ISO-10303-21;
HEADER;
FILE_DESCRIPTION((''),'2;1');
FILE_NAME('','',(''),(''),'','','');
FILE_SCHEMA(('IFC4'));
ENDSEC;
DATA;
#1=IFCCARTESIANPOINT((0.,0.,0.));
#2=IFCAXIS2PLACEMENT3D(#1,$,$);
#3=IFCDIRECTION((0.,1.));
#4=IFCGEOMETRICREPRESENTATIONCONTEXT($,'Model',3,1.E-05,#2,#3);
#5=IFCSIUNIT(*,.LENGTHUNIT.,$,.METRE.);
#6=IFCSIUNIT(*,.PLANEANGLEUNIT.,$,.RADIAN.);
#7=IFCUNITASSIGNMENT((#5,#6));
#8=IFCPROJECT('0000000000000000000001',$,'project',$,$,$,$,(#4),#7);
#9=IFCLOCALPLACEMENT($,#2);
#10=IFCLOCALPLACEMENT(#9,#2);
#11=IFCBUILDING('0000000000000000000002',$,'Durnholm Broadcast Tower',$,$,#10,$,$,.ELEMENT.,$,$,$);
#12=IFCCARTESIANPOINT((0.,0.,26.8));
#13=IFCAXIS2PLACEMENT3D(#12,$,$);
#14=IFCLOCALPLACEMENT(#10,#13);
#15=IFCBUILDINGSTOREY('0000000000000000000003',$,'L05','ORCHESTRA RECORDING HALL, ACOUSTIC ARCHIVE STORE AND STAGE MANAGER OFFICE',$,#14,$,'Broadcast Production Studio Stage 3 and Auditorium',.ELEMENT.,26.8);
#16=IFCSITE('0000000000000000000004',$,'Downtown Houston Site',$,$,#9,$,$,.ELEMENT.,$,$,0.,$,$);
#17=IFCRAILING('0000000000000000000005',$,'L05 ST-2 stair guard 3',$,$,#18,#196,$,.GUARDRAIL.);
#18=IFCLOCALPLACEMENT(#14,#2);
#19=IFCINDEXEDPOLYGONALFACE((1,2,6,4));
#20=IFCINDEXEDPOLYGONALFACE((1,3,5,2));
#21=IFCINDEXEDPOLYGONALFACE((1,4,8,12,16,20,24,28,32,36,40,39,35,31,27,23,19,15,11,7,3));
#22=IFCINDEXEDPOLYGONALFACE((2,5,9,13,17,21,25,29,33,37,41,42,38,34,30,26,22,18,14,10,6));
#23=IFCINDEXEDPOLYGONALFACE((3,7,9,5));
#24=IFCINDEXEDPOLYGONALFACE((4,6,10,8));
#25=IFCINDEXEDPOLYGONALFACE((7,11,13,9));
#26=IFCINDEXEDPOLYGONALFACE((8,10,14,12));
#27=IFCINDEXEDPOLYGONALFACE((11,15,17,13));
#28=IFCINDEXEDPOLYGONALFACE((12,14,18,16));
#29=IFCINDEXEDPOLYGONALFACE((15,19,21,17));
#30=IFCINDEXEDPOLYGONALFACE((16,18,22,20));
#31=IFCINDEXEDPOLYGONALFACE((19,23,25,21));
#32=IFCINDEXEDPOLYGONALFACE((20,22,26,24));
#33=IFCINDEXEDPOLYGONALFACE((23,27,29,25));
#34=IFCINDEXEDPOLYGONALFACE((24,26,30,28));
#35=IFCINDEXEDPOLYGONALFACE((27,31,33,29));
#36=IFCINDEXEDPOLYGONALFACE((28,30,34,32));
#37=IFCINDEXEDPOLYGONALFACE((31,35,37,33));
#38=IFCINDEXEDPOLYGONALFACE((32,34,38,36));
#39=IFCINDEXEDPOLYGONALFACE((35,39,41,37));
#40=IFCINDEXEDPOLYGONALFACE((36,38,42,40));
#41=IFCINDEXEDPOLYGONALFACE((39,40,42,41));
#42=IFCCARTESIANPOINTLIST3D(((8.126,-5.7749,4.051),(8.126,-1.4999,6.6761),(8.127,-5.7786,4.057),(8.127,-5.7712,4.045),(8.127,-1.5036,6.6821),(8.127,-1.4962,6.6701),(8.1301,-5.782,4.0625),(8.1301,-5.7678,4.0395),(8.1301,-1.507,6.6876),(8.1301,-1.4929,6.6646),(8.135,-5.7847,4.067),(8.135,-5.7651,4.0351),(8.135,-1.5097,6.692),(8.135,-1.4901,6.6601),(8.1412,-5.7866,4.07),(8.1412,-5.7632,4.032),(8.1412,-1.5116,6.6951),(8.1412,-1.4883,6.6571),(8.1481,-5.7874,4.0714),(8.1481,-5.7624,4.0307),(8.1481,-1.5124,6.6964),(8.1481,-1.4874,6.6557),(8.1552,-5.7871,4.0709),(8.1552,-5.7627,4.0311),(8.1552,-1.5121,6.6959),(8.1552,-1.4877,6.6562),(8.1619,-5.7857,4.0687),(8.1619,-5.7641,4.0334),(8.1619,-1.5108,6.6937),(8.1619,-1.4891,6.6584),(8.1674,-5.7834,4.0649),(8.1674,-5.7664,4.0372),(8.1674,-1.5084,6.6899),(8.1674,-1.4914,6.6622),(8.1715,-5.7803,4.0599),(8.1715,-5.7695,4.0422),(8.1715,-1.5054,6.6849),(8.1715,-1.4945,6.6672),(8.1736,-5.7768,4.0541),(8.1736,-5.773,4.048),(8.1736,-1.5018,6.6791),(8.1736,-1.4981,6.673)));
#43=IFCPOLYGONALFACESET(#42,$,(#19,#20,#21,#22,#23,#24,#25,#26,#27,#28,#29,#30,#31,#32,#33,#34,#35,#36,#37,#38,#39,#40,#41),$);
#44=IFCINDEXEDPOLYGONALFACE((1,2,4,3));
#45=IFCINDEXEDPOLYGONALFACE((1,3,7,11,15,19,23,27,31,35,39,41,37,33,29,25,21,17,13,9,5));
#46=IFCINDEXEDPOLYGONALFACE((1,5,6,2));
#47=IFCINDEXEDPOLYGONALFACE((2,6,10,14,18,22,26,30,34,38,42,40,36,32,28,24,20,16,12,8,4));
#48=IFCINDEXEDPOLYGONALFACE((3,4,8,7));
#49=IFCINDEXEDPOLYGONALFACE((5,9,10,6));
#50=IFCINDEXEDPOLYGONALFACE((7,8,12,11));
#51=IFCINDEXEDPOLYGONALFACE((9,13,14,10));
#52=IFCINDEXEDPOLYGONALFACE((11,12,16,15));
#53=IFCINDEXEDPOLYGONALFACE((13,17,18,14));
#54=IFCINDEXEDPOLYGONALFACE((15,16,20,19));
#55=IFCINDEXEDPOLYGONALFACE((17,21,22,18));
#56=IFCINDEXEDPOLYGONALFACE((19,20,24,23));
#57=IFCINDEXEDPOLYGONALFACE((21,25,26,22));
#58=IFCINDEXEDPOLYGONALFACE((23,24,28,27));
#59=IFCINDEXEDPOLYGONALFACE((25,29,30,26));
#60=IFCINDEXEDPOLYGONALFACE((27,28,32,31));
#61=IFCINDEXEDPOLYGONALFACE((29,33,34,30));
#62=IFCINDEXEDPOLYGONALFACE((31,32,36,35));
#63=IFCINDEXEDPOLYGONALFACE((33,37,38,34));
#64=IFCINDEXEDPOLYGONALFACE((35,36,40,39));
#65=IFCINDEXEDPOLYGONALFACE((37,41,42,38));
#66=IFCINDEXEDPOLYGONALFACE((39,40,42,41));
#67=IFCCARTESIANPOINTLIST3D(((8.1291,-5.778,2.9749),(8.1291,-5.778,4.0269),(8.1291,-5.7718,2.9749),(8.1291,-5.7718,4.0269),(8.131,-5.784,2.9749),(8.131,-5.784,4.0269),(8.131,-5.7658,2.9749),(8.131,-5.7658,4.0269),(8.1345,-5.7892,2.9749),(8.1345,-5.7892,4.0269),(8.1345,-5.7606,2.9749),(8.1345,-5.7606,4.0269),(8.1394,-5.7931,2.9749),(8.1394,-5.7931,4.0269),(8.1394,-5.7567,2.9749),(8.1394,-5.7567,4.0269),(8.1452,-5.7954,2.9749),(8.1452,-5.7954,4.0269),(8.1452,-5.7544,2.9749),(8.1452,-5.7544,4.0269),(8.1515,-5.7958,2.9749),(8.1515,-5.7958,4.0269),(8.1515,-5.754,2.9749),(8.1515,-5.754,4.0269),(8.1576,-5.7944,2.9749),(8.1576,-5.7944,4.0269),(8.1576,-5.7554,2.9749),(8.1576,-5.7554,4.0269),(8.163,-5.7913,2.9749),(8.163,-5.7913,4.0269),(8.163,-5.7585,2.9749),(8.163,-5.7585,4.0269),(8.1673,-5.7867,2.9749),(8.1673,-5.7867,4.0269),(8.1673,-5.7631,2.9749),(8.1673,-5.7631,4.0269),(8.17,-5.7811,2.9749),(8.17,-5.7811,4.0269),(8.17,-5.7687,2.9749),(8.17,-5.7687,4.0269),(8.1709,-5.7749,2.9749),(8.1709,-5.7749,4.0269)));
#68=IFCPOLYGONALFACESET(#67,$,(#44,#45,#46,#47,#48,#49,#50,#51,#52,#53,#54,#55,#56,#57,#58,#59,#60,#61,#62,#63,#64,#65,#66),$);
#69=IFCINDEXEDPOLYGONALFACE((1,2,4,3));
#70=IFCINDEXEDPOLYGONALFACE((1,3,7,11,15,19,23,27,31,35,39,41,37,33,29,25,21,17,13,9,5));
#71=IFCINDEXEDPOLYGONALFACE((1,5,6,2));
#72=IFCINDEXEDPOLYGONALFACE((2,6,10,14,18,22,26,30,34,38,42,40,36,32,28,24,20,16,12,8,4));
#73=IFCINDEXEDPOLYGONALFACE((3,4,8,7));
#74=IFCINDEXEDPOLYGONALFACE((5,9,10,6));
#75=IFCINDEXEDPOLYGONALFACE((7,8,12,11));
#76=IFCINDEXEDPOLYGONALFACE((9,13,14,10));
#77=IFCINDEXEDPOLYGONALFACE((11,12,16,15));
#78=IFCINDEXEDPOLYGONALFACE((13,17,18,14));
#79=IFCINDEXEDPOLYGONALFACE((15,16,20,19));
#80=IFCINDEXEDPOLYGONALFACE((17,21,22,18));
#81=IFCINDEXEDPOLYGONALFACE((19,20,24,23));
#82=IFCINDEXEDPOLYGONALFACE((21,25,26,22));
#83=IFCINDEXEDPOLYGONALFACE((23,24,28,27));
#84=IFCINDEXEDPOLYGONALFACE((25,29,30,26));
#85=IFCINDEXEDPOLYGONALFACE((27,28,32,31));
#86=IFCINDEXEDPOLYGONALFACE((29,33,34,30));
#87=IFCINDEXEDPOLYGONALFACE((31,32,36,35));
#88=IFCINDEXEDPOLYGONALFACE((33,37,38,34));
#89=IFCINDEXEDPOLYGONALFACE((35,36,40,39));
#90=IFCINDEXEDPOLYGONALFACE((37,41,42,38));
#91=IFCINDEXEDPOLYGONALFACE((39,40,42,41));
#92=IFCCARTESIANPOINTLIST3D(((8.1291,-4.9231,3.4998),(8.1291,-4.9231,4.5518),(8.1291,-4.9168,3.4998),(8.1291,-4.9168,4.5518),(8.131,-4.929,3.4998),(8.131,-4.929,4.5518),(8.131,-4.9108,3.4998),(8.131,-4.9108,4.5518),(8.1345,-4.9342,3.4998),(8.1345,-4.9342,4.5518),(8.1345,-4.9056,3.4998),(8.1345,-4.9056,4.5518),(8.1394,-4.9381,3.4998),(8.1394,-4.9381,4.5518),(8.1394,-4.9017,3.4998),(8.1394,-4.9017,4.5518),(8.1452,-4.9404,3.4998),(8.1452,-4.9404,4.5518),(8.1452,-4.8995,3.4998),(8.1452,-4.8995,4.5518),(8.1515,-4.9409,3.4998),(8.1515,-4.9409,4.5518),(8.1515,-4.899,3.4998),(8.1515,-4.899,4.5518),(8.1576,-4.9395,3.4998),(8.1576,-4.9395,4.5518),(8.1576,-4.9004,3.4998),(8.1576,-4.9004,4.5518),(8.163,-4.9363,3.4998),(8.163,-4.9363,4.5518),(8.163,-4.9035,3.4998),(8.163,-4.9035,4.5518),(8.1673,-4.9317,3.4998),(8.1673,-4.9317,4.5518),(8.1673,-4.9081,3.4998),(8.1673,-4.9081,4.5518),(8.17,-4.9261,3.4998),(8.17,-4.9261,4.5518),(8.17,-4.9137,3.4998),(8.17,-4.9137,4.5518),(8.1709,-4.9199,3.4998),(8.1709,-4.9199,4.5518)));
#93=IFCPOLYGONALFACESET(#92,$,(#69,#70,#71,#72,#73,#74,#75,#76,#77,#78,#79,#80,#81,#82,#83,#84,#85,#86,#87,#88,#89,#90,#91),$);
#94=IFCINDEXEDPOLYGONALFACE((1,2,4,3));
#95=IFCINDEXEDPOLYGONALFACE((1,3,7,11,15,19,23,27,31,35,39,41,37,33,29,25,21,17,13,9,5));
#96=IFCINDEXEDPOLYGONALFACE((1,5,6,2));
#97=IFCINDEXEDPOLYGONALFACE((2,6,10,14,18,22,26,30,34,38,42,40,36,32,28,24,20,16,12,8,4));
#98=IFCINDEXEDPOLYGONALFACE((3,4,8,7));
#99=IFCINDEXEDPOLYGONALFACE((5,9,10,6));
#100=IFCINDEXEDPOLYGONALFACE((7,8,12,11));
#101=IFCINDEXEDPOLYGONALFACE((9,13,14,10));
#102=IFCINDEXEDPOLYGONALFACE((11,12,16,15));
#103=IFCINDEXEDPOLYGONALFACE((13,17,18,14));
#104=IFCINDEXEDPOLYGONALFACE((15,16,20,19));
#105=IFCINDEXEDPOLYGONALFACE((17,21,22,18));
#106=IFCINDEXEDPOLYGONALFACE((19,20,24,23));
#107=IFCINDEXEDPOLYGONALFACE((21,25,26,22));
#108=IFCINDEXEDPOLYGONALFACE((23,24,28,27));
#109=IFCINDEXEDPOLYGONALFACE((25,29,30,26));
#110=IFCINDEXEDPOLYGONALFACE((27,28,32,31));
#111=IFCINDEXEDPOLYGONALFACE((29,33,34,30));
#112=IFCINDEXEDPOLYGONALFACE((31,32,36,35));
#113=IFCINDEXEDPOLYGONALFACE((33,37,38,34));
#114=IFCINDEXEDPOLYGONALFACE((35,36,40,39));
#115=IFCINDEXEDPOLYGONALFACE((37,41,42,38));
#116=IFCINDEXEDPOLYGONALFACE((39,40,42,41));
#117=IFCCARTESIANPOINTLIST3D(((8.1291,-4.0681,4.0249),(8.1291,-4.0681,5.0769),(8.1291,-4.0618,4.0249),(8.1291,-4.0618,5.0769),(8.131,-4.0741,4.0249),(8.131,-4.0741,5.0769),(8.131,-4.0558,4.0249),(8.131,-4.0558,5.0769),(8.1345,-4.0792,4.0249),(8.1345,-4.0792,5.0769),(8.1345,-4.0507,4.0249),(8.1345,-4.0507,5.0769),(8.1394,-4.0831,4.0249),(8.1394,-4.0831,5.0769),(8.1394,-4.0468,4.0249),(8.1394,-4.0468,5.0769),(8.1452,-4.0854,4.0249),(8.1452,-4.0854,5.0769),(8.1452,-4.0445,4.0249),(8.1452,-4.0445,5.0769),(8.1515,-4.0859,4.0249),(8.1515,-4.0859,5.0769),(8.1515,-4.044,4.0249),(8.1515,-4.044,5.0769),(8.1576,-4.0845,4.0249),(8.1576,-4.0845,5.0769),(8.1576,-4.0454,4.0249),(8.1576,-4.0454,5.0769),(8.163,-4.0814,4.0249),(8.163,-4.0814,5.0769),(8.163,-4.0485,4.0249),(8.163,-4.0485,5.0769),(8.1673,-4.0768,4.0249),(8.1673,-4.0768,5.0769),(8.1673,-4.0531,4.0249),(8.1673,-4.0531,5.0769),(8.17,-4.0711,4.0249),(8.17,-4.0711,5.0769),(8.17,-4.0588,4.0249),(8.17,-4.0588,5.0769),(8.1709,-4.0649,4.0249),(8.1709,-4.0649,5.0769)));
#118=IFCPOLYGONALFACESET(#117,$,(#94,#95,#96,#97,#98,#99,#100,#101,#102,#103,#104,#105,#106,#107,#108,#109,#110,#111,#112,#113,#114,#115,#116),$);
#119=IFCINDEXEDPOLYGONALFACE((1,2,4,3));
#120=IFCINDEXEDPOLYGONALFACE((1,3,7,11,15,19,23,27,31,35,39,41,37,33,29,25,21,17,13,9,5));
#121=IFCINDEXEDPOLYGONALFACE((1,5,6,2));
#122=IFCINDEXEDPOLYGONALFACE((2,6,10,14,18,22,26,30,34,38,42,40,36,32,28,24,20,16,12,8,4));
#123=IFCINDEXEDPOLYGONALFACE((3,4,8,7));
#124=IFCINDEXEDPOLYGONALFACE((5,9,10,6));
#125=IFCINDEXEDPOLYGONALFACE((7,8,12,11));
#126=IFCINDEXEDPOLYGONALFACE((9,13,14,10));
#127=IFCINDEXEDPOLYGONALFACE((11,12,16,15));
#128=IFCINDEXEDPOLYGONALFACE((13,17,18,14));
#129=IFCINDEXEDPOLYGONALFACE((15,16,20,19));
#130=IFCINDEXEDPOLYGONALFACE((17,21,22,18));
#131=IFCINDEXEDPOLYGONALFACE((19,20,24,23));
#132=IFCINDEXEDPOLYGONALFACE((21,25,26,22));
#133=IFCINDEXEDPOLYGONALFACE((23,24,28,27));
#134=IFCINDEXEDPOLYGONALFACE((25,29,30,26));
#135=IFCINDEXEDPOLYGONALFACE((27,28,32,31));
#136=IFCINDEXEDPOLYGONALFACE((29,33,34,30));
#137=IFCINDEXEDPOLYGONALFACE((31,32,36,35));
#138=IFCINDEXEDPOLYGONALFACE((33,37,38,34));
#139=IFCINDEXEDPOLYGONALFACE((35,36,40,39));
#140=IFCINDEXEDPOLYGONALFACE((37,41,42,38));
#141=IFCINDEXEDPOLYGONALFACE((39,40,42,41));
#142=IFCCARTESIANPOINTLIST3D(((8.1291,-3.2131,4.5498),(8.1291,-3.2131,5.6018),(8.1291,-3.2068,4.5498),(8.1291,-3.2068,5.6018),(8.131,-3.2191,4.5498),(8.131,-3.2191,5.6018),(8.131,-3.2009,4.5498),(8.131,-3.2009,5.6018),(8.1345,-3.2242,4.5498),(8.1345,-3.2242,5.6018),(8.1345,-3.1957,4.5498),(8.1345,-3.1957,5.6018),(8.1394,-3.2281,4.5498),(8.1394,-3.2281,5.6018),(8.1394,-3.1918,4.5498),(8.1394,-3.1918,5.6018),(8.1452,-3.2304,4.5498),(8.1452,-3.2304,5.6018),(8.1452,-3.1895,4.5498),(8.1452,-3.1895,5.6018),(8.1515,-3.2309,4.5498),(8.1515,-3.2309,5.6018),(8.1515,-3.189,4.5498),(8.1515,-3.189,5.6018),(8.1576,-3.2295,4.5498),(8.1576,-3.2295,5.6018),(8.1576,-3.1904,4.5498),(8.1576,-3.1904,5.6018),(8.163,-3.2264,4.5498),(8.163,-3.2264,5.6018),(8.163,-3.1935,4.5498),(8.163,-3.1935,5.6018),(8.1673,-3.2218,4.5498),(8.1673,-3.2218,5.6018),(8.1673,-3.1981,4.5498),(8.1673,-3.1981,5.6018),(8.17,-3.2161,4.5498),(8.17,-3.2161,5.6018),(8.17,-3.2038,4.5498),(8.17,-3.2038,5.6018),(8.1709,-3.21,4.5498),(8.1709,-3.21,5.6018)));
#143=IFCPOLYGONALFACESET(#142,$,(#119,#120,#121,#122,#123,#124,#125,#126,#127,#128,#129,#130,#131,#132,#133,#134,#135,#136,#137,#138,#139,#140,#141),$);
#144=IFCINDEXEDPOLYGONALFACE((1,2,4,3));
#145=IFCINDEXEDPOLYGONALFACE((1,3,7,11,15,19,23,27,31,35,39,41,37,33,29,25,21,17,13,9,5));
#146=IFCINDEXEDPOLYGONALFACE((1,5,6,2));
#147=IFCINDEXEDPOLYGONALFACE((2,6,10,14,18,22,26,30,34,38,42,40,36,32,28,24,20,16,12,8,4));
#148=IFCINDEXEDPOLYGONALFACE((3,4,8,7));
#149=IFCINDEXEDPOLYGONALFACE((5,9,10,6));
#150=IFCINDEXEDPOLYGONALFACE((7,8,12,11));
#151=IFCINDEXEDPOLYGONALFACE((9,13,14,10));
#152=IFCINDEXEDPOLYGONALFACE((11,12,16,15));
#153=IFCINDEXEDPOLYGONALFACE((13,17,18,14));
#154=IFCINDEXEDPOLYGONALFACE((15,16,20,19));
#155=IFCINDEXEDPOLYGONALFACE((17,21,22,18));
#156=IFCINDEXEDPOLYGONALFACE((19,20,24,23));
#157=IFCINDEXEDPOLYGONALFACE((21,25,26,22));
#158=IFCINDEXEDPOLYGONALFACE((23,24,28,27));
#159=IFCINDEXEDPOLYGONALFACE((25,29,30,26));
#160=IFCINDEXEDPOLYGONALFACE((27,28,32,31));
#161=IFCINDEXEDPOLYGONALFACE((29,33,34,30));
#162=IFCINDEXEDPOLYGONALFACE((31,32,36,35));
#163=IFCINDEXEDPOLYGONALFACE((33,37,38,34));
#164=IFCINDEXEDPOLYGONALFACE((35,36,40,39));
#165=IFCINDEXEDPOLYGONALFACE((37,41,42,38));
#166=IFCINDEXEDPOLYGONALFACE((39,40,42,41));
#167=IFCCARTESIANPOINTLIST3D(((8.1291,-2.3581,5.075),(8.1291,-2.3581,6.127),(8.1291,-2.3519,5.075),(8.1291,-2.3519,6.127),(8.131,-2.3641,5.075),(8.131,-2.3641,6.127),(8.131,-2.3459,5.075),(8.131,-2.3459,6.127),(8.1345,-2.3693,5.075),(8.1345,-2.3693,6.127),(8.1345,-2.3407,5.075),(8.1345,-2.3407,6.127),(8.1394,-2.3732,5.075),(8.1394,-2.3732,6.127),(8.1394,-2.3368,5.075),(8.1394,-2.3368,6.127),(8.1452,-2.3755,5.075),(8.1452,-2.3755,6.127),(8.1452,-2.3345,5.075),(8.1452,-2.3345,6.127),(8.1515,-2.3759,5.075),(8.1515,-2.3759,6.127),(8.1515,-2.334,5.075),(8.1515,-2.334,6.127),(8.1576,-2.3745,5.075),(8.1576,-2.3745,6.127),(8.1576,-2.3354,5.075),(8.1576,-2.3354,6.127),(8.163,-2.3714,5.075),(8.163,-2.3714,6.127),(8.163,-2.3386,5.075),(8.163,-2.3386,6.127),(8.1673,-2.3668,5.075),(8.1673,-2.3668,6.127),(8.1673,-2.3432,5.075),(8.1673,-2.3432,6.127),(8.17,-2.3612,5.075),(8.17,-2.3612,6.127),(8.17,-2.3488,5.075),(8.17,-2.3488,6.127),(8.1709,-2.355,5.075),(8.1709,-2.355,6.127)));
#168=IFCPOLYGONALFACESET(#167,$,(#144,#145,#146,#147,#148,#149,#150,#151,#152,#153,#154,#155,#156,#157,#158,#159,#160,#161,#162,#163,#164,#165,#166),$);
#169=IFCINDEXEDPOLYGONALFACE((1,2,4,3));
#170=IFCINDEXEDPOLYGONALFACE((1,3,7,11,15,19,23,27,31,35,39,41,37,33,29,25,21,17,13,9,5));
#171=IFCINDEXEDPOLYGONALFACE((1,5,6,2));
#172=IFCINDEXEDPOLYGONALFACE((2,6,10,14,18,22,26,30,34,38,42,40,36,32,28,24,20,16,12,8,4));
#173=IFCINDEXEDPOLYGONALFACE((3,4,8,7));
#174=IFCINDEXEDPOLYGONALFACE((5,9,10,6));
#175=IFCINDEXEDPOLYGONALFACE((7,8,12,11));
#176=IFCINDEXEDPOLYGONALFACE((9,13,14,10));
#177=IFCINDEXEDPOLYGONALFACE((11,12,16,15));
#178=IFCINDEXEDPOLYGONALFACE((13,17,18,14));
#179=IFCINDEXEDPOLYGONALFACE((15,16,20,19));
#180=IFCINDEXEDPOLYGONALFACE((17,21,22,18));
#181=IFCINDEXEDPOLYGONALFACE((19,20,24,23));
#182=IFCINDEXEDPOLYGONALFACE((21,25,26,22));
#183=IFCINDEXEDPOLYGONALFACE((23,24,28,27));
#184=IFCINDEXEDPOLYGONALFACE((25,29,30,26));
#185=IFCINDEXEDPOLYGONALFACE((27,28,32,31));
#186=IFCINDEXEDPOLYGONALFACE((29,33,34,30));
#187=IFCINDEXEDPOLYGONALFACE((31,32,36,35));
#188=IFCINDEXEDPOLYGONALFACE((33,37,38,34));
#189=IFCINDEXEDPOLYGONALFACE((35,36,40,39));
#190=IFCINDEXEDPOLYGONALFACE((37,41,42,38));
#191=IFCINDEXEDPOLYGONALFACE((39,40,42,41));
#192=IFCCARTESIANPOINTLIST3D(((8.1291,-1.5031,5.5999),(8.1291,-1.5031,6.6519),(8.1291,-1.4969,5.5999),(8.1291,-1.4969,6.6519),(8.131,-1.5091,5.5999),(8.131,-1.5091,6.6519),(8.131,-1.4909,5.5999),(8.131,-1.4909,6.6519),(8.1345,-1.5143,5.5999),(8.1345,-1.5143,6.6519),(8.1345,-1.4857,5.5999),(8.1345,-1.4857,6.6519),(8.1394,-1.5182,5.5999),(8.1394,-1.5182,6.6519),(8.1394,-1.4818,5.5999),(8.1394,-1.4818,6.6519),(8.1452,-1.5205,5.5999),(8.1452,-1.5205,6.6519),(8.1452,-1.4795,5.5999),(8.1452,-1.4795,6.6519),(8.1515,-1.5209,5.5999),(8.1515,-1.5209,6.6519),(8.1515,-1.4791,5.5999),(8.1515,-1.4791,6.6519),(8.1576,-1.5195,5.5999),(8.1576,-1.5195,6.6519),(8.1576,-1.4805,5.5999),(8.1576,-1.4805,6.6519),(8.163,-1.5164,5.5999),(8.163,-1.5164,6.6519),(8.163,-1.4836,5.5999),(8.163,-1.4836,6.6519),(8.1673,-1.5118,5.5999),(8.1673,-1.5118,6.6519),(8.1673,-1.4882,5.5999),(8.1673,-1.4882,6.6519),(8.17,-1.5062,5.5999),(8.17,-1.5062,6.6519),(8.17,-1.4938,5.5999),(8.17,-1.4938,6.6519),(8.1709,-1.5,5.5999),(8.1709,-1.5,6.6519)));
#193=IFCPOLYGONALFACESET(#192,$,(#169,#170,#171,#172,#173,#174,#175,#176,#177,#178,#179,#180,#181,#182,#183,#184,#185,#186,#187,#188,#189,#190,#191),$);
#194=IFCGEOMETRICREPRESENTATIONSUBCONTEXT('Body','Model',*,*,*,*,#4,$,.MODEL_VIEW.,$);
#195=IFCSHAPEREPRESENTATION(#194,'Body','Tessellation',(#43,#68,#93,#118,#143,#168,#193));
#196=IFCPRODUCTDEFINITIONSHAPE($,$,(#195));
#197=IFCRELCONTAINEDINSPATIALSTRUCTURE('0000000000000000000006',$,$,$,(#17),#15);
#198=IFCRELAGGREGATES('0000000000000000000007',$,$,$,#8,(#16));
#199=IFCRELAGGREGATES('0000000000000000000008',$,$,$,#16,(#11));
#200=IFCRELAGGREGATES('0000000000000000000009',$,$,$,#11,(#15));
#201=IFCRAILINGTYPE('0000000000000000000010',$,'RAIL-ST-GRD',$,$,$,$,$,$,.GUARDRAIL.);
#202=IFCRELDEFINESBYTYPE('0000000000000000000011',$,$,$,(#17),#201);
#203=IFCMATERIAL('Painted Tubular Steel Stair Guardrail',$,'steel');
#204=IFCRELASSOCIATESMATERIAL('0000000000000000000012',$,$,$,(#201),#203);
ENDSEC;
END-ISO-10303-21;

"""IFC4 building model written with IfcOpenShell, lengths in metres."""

from ifc_helpers import new_model, si_unit, direction, frame, origin, origin_2d, place, context, subcontext, project, spatial, circle, extrude, material, type_object, element, save


model = new_model("IFC4")

# Units and contexts
model_context = context("Model", 3, precision=1e-05, world=origin(), true_north=direction((0.0, 1.0)))
body_context = subcontext(model_context, "Body", "Model", "MODEL_VIEW")
ifc_project = project(units=[si_unit("LENGTHUNIT", "METRE"), si_unit("PLANEANGLEUNIT", "RADIAN")], contexts=[model_context])

# Site, building, storey
site_placement = place(None, origin())
site = spatial("IfcSite", under=ifc_project, at=site_placement, Name="Downtown Houston Site", CompositionType="ELEMENT", RefElevation=0.0)
building_placement = place(site_placement, origin())
building = spatial("IfcBuilding", under=site, at=building_placement, Name="Durnholm Broadcast Tower", CompositionType="ELEMENT")
storey_placement = place(building_placement, frame((0.0, 0.0, 26.8)))
storey = spatial("IfcBuildingStorey", under=building, at=storey_placement, Name="L05", Description="ORCHESTRA RECORDING HALL, ACOUSTIC ARCHIVE STORE AND STAGE MANAGER OFFICE", LongName="Broadcast Production Studio Stage 3 and Auditorium", CompositionType="ELEMENT", Elevation=26.8)

# Railing
ifc_material_1 = material(Name="Painted Tubular Steel Stair Guardrail", Category="steel")
railing_type_1 = type_object("IfcRailingType", Name="RAIL-ST-GRD", PredefinedType="GUARDRAIL", material=ifc_material_1)
railing_1_placement = place(storey_placement, frame((8.1499, -5.7749, 2.9749)))
element("IfcRailing", 1, at=railing_1_placement, inside=storey, type_object=railing_type_1, Name="L05 ST-2 stair guard 3", PredefinedType="GUARDRAIL", context=body_context, shape_type="SweptSolid", body=[
    extrude(circle(Radius=0.0239, at=origin_2d()), frame((0.0, 0.0, 1.0762), z_axis=(0.0, 0.852166, 0.523272), x_axis=(-1.0, 0.0, 0.0)), (0.0, 0.0, 1.0), 5.0166),
    extrude(circle(Radius=0.021, at=origin_2d()), origin(), (0.0, 0.0, 1.0), 1.052),
    extrude(circle(Radius=0.021, at=origin_2d()), frame((0.0, 0.855, 0.5249)), (0.0, 0.0, 1.0), 1.052),
    extrude(circle(Radius=0.021, at=origin_2d()), frame((0.0, 1.71, 1.05)), (0.0, 0.0, 1.0), 1.052),
    extrude(circle(Radius=0.021, at=origin_2d()), frame((0.0, 2.5649, 1.575)), (0.0, 0.0, 1.0), 1.052),
    extrude(circle(Radius=0.021, at=origin_2d()), frame((0.0, 3.4199, 2.1001)), (0.0, 0.0, 1.0), 1.052),
    extrude(circle(Radius=0.021, at=origin_2d()), frame((0.0, 4.2749, 2.625)), (0.0, 0.0, 1.0), 1.052),
])

save(model, "model.ifc")
